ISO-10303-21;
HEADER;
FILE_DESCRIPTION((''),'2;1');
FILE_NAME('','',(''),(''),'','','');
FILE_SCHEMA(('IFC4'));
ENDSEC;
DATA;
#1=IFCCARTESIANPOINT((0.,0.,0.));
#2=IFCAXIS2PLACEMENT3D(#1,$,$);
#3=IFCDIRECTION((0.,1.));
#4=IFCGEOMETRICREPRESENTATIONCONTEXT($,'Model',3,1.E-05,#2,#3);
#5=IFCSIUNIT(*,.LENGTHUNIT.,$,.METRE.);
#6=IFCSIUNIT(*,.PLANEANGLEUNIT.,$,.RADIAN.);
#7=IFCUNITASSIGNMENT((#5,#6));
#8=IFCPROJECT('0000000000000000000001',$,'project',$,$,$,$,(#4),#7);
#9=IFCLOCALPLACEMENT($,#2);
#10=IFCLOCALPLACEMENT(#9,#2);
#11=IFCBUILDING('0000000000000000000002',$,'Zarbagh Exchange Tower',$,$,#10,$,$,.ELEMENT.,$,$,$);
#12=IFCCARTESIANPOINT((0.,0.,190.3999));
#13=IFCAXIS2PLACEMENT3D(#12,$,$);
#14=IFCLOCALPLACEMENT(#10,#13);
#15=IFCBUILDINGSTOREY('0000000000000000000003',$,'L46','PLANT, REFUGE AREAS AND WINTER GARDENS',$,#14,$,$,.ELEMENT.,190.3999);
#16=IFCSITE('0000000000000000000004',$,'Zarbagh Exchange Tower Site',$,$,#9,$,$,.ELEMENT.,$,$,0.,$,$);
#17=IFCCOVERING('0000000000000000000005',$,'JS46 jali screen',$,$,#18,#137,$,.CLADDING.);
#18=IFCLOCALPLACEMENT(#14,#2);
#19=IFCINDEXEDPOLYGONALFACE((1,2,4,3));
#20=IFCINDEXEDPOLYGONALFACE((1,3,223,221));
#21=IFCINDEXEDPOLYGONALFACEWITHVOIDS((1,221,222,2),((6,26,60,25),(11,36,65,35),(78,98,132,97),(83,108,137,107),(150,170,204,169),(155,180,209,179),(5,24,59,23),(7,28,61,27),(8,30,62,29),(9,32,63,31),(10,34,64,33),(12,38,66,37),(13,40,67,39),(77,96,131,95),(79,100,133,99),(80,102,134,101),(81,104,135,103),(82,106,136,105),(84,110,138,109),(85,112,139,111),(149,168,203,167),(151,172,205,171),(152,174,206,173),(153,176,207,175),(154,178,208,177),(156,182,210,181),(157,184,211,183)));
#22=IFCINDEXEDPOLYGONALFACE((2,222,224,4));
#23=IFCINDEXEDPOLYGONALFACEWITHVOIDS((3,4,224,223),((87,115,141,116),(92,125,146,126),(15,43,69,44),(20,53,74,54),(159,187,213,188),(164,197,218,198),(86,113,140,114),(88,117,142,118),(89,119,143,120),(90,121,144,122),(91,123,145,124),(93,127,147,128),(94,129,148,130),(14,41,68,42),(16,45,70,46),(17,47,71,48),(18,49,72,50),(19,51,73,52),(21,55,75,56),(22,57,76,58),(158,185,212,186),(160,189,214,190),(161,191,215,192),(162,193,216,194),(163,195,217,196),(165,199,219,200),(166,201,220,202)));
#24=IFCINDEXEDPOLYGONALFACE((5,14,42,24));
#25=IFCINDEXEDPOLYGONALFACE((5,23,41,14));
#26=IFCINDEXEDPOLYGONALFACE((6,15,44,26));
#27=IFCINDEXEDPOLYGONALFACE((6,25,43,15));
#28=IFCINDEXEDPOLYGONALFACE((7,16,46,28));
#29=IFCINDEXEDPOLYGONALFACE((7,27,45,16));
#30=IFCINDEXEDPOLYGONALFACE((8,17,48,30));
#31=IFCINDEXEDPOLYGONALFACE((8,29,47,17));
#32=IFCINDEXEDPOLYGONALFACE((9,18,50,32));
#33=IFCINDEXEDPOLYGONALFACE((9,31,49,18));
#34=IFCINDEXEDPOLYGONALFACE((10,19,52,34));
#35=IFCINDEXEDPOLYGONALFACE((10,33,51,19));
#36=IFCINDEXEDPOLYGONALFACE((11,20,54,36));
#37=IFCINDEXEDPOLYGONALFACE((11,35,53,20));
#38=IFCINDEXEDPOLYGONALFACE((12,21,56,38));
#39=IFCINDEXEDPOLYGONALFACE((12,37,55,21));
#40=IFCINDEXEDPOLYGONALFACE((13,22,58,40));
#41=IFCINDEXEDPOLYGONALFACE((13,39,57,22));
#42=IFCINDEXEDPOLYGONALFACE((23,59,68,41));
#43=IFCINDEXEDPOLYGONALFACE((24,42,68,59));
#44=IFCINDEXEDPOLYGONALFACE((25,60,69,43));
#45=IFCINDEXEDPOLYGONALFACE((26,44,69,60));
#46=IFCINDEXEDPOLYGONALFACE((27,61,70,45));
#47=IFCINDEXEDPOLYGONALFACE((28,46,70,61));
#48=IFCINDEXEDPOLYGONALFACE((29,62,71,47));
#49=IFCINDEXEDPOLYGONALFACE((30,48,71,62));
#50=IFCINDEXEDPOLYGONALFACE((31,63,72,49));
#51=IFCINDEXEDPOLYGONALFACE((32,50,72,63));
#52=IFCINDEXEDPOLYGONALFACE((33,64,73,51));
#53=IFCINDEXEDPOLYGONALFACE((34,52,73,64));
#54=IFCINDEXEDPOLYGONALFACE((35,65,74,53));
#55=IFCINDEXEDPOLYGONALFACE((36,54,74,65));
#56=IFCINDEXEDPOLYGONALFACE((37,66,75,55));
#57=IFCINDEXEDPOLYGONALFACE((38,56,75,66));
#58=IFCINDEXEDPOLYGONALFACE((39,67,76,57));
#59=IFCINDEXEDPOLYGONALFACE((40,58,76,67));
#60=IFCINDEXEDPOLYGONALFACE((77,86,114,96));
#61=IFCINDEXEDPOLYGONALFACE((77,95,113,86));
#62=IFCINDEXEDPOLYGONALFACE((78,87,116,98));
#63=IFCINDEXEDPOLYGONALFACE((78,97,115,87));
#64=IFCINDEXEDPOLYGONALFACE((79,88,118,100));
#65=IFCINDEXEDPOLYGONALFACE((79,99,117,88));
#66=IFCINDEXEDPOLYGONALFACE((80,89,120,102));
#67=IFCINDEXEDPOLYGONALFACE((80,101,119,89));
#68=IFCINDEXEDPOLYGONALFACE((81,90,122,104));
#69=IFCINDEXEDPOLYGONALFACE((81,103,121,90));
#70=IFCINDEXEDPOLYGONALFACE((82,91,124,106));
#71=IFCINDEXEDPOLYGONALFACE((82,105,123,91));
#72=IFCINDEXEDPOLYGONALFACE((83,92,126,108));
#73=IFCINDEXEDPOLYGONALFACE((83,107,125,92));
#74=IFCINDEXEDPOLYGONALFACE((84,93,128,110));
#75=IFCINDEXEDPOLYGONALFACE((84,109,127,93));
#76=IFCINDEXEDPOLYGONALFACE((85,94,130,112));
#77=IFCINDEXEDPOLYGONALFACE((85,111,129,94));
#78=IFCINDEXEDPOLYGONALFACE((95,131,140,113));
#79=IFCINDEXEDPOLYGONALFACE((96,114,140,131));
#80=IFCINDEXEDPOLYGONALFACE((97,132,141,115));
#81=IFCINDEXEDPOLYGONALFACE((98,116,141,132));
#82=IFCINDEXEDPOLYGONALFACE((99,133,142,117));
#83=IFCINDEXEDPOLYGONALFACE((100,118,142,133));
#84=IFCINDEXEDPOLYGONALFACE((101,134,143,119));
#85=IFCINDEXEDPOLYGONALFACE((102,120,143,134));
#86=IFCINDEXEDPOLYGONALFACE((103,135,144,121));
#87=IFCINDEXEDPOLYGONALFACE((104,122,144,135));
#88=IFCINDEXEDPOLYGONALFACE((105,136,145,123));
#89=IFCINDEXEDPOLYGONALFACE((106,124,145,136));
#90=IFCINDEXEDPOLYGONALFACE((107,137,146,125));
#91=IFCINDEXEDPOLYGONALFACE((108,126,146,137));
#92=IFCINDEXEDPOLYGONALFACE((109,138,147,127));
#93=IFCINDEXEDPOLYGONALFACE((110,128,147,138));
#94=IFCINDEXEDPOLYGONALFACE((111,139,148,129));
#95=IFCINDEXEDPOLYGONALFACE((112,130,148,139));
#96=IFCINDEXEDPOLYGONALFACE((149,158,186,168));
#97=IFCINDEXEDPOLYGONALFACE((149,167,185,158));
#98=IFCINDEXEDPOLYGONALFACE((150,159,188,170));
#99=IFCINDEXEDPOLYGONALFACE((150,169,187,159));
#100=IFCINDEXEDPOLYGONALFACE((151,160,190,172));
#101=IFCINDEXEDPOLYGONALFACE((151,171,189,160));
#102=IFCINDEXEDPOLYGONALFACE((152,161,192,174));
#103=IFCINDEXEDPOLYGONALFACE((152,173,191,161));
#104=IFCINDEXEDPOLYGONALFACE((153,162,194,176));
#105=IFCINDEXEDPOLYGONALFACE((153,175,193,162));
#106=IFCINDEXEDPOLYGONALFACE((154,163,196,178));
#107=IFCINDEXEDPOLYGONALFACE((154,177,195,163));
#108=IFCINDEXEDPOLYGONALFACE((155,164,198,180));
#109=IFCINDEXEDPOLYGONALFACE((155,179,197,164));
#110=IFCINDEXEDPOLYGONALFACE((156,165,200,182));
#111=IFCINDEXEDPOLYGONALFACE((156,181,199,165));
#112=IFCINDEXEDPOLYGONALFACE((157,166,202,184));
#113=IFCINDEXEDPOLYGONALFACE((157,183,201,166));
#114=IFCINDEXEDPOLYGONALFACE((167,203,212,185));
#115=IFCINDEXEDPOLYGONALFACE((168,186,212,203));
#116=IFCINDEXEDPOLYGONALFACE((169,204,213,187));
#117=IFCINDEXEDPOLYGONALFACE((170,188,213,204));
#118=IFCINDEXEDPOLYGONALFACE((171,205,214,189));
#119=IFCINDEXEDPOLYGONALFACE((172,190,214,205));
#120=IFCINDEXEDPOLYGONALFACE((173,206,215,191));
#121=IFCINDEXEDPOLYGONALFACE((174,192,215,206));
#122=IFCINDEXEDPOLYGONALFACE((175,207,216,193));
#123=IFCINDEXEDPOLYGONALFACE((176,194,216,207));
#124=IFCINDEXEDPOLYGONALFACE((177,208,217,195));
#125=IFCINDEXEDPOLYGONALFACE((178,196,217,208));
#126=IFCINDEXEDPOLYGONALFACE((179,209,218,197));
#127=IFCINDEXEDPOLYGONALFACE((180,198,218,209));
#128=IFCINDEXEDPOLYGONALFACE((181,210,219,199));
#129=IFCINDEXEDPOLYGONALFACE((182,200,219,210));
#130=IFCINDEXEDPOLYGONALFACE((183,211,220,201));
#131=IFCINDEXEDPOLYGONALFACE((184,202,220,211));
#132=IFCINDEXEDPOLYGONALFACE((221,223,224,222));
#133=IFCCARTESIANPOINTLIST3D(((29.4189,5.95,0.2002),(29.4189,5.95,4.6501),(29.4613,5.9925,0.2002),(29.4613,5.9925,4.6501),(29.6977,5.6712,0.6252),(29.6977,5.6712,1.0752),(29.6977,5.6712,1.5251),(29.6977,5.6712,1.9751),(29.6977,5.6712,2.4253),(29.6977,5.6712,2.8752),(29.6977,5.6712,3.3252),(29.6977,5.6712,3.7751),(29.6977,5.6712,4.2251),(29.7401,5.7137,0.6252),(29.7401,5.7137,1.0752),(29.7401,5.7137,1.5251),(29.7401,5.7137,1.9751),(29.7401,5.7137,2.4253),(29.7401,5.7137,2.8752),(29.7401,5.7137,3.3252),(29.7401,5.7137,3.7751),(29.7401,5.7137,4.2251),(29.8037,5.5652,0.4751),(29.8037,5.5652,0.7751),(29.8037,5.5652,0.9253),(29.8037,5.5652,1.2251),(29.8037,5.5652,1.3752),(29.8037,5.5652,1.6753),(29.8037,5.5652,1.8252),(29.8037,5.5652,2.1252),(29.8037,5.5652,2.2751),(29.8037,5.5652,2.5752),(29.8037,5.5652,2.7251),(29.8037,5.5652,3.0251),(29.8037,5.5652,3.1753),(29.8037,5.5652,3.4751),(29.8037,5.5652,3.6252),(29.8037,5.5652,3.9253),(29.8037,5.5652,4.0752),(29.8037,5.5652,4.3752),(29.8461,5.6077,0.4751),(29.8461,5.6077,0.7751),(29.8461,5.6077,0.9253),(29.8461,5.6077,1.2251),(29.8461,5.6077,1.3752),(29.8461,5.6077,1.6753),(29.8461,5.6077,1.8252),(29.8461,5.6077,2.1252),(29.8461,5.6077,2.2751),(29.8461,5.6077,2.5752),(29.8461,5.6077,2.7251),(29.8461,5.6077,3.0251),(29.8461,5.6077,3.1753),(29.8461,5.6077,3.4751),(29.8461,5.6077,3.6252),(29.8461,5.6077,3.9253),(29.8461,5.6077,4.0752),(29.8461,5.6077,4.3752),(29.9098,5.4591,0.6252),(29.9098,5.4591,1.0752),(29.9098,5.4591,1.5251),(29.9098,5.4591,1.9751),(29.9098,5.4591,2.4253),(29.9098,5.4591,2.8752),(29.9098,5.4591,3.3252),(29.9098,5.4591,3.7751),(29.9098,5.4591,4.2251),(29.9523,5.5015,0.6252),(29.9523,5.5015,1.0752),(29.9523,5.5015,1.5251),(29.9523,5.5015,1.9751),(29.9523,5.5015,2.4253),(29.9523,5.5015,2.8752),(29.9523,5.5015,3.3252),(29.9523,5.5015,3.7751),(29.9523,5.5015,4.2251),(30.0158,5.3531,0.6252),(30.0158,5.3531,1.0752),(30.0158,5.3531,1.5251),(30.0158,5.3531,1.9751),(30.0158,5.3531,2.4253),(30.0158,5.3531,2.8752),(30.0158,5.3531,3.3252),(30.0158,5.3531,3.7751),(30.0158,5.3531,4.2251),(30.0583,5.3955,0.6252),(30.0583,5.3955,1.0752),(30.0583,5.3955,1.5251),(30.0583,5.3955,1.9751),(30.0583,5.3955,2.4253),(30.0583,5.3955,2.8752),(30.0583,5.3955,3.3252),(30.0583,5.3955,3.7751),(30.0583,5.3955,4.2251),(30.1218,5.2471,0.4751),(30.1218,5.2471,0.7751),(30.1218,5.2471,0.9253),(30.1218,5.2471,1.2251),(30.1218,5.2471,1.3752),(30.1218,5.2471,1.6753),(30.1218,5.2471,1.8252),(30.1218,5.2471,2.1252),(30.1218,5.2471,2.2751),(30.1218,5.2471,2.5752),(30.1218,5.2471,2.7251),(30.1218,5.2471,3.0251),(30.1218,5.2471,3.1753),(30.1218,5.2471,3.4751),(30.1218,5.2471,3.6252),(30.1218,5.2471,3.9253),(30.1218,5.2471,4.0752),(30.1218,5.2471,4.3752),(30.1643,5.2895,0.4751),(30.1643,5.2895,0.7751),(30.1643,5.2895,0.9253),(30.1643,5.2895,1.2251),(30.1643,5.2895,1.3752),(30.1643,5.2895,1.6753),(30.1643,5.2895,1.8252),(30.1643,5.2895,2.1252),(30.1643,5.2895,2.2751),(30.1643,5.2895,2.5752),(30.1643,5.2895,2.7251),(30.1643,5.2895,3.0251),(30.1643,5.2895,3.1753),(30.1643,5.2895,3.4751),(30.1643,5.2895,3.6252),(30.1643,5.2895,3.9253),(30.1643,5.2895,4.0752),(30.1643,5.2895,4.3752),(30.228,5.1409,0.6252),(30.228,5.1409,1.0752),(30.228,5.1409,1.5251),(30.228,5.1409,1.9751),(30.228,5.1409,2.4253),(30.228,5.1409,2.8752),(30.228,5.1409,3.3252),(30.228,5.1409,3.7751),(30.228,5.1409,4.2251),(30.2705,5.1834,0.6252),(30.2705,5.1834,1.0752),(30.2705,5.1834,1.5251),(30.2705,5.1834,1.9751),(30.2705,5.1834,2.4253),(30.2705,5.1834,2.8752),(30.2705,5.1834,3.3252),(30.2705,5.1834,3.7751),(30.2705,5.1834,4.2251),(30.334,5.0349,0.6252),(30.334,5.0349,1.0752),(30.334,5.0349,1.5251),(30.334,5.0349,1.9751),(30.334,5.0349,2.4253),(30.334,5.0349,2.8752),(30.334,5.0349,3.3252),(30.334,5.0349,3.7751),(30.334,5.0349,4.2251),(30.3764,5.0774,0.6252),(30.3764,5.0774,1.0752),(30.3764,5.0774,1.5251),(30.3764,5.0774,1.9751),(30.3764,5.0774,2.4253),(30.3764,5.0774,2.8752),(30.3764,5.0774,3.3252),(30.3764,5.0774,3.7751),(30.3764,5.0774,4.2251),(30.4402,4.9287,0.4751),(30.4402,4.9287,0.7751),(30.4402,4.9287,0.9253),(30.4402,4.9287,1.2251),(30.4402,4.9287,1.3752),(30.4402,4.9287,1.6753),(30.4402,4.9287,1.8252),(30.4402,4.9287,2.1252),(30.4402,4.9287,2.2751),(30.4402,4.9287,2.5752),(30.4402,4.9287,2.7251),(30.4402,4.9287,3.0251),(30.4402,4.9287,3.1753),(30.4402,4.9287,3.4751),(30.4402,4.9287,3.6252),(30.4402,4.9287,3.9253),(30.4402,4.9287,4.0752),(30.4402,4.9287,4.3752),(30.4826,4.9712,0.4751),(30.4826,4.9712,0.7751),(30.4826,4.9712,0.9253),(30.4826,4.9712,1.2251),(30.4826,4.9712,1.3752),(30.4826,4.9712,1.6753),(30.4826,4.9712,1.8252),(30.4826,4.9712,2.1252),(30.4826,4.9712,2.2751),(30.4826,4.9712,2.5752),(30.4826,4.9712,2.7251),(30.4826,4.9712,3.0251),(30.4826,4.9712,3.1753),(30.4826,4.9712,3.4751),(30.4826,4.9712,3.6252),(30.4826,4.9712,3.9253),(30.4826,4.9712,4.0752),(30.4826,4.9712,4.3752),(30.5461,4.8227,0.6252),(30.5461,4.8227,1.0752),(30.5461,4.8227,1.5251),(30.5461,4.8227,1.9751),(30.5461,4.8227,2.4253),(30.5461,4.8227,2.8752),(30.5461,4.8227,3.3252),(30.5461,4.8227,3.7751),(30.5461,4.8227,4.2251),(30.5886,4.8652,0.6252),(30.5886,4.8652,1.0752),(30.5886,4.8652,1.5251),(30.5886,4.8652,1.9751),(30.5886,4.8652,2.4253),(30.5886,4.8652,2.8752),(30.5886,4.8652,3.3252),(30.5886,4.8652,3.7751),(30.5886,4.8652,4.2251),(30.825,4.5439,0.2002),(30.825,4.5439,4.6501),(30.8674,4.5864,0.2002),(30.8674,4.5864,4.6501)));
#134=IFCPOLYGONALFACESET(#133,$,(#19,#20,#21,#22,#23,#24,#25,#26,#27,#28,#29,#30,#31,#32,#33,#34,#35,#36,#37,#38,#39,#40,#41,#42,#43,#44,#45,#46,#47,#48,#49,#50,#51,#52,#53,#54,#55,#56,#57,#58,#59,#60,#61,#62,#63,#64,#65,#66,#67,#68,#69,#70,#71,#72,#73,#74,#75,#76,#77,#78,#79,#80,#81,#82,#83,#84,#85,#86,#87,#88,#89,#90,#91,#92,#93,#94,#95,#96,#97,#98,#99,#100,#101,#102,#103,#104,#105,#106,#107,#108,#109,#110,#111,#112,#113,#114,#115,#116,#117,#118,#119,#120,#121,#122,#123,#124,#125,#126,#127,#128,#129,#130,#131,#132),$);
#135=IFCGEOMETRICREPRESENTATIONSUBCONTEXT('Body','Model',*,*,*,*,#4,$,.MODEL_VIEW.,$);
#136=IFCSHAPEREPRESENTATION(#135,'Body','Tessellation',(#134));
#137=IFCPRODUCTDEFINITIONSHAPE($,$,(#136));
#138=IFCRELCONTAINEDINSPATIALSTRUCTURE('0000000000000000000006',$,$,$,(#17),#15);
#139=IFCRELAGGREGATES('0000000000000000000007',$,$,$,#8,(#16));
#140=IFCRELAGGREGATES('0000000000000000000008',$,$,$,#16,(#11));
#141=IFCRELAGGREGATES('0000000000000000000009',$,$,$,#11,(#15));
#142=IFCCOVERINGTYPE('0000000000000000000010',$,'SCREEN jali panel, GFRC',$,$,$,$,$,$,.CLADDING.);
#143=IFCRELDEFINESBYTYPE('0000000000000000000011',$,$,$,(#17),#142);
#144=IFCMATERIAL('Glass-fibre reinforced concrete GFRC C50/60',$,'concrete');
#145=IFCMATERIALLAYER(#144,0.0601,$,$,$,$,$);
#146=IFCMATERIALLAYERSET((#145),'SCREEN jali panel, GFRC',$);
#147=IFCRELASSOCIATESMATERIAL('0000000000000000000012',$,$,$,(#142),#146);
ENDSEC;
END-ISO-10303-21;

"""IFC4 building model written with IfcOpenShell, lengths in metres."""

from ifc_helpers import new_model, si_unit, direction, frame, origin, place, context, subcontext, project, spatial, polyline, outline, extrude, source, transform, mapped, material, layer, layer_set, type_object, element, save


model = new_model("IFC4")

# Units and contexts
model_context = context("Model", 3, precision=1e-05, world=origin(), true_north=direction((0.0, 1.0)))
body_context = subcontext(model_context, "Body", "Model", "MODEL_VIEW")
ifc_project = project(units=[si_unit("LENGTHUNIT", "METRE"), si_unit("PLANEANGLEUNIT", "RADIAN")], contexts=[model_context])

# Site, building, storey
site_placement = place(None, origin())
site = spatial("IfcSite", under=ifc_project, at=site_placement, Name="Zarbagh Exchange Tower Site", CompositionType="ELEMENT", RefElevation=0.0)
building_placement = place(site_placement, origin())
building = spatial("IfcBuilding", under=site, at=building_placement, Name="Zarbagh Exchange Tower", CompositionType="ELEMENT")
storey_placement = place(building_placement, frame((0.0, 0.0, 190.3999)))
storey = spatial("IfcBuildingStorey", under=building, at=storey_placement, Name="L46", Description="PLANT, REFUGE AREAS AND WINTER GARDENS", CompositionType="ELEMENT", Elevation=190.3999)

# Shared definitions
ifc_material_1 = material(Name="Glass-fibre reinforced concrete GFRC C50/60", Category="concrete")
ifc_layer_1 = layer(ifc_material_1, 0.0601)
ifc_layer_set_1 = layer_set([ifc_layer_1], Name="SCREEN jali panel, GFRC")
covering_type = type_object("IfcCoveringType", Name="SCREEN jali panel, GFRC", PredefinedType="CLADDING", material=ifc_layer_set_1)
placement = place(storey_placement, origin())

# Covering
shared_shape_1 = source(origin(), body_context, "Body", "SweptSolid", [
    extrude(outline(polyline([(0.0, 0.0), (1.9885, 0.0), (1.9885, 4.45), (0.0, 4.45), (0.0, 0.0)]), holes=[polyline([(0.3943, 0.425), (0.5442, 0.2749), (0.6943, 0.425), (0.5442, 0.575), (0.3943, 0.425)]), polyline([(0.3943, 0.875), (0.5442, 0.7251), (0.6943, 0.875), (0.5442, 1.0249), (0.3943, 0.875)]), polyline([(0.3943, 1.325), (0.5442, 1.175), (0.6943, 1.325), (0.5442, 1.4751), (0.3943, 1.325)]), polyline([(0.3943, 1.7749), (0.5442, 1.625), (0.6943, 1.7749), (0.5442, 1.925), (0.3943, 1.7749)]), polyline([(0.3943, 2.2251), (0.5442, 2.075), (0.6943, 2.2251), (0.5442, 2.375), (0.3943, 2.2251)]), polyline([(0.3943, 2.675), (0.5442, 2.5249), (0.6943, 2.675), (0.5442, 2.825), (0.3943, 2.675)]), polyline([(0.3943, 3.125), (0.5442, 2.9751), (0.6943, 3.125), (0.5442, 3.2749), (0.3943, 3.125)]), polyline([(0.3943, 3.575), (0.5442, 3.425), (0.6943, 3.575), (0.5442, 3.7251), (0.3943, 3.575)]), polyline([(0.3943, 4.0249), (0.5442, 3.875), (0.6943, 4.0249), (0.5442, 4.175), (0.3943, 4.0249)]), polyline([(0.8442, 0.425), (0.9944, 0.2749), (1.1443, 0.425), (0.9944, 0.575), (0.8442, 0.425)]), polyline([(0.8442, 0.875), (0.9944, 0.7251), (1.1443, 0.875), (0.9944, 1.0249), (0.8442, 0.875)]), polyline([(0.8442, 1.325), (0.9944, 1.175), (1.1443, 1.325), (0.9944, 1.4751), (0.8442, 1.325)]), polyline([(0.8442, 1.7749), (0.9944, 1.625), (1.1443, 1.7749), (0.9944, 1.925), (0.8442, 1.7749)]), polyline([(0.8442, 2.2251), (0.9944, 2.075), (1.1443, 2.2251), (0.9944, 2.375), (0.8442, 2.2251)]), polyline([(0.8442, 2.675), (0.9944, 2.5249), (1.1443, 2.675), (0.9944, 2.825), (0.8442, 2.675)]), polyline([(0.8442, 3.125), (0.9944, 2.9751), (1.1443, 3.125), (0.9944, 3.2749), (0.8442, 3.125)]), polyline([(0.8442, 3.575), (0.9944, 3.425), (1.1443, 3.575), (0.9944, 3.7251), (0.8442, 3.575)]), polyline([(0.8442, 4.0249), (0.9944, 3.875), (1.1443, 4.0249), (0.9944, 4.175), (0.8442, 4.0249)]), polyline([(1.2942, 0.425), (1.4443, 0.2749), (1.5942, 0.425), (1.4443, 0.575), (1.2942, 0.425)]), polyline([(1.2942, 0.875), (1.4443, 0.7251), (1.5942, 0.875), (1.4443, 1.0249), (1.2942, 0.875)]), polyline([(1.2942, 1.325), (1.4443, 1.175), (1.5942, 1.325), (1.4443, 1.4751), (1.2942, 1.325)]), polyline([(1.2942, 1.7749), (1.4443, 1.625), (1.5942, 1.7749), (1.4443, 1.925), (1.2942, 1.7749)]), polyline([(1.2942, 2.2251), (1.4443, 2.075), (1.5942, 2.2251), (1.4443, 2.375), (1.2942, 2.2251)]), polyline([(1.2942, 2.675), (1.4443, 2.5249), (1.5942, 2.675), (1.4443, 2.825), (1.2942, 2.675)]), polyline([(1.2942, 3.125), (1.4443, 2.9751), (1.5942, 3.125), (1.4443, 3.2749), (1.2942, 3.125)]), polyline([(1.2942, 3.575), (1.4443, 3.425), (1.5942, 3.575), (1.4443, 3.7251), (1.2942, 3.575)]), polyline([(1.2942, 4.0249), (1.4443, 3.875), (1.5942, 4.0249), (1.4443, 4.175), (1.2942, 4.0249)])]), origin(), (0.0, 0.0, 1.0), 0.0601),
])
element("IfcCovering", 1, at=placement, inside=storey, type_object=covering_type, Name="JS46 jali screen", PredefinedType="CLADDING", context=body_context, shape_type="MappedRepresentation", body=[
    mapped(shared_shape_1, transform((30.825, 4.5439, 0.2002), x_axis=(-0.707107, 0.707107, 0.0), y_axis=(0.0, 0.0, 1.0), z_axis=(0.707107, 0.707107, 0.0))),
])

save(model, "model.ifc")
